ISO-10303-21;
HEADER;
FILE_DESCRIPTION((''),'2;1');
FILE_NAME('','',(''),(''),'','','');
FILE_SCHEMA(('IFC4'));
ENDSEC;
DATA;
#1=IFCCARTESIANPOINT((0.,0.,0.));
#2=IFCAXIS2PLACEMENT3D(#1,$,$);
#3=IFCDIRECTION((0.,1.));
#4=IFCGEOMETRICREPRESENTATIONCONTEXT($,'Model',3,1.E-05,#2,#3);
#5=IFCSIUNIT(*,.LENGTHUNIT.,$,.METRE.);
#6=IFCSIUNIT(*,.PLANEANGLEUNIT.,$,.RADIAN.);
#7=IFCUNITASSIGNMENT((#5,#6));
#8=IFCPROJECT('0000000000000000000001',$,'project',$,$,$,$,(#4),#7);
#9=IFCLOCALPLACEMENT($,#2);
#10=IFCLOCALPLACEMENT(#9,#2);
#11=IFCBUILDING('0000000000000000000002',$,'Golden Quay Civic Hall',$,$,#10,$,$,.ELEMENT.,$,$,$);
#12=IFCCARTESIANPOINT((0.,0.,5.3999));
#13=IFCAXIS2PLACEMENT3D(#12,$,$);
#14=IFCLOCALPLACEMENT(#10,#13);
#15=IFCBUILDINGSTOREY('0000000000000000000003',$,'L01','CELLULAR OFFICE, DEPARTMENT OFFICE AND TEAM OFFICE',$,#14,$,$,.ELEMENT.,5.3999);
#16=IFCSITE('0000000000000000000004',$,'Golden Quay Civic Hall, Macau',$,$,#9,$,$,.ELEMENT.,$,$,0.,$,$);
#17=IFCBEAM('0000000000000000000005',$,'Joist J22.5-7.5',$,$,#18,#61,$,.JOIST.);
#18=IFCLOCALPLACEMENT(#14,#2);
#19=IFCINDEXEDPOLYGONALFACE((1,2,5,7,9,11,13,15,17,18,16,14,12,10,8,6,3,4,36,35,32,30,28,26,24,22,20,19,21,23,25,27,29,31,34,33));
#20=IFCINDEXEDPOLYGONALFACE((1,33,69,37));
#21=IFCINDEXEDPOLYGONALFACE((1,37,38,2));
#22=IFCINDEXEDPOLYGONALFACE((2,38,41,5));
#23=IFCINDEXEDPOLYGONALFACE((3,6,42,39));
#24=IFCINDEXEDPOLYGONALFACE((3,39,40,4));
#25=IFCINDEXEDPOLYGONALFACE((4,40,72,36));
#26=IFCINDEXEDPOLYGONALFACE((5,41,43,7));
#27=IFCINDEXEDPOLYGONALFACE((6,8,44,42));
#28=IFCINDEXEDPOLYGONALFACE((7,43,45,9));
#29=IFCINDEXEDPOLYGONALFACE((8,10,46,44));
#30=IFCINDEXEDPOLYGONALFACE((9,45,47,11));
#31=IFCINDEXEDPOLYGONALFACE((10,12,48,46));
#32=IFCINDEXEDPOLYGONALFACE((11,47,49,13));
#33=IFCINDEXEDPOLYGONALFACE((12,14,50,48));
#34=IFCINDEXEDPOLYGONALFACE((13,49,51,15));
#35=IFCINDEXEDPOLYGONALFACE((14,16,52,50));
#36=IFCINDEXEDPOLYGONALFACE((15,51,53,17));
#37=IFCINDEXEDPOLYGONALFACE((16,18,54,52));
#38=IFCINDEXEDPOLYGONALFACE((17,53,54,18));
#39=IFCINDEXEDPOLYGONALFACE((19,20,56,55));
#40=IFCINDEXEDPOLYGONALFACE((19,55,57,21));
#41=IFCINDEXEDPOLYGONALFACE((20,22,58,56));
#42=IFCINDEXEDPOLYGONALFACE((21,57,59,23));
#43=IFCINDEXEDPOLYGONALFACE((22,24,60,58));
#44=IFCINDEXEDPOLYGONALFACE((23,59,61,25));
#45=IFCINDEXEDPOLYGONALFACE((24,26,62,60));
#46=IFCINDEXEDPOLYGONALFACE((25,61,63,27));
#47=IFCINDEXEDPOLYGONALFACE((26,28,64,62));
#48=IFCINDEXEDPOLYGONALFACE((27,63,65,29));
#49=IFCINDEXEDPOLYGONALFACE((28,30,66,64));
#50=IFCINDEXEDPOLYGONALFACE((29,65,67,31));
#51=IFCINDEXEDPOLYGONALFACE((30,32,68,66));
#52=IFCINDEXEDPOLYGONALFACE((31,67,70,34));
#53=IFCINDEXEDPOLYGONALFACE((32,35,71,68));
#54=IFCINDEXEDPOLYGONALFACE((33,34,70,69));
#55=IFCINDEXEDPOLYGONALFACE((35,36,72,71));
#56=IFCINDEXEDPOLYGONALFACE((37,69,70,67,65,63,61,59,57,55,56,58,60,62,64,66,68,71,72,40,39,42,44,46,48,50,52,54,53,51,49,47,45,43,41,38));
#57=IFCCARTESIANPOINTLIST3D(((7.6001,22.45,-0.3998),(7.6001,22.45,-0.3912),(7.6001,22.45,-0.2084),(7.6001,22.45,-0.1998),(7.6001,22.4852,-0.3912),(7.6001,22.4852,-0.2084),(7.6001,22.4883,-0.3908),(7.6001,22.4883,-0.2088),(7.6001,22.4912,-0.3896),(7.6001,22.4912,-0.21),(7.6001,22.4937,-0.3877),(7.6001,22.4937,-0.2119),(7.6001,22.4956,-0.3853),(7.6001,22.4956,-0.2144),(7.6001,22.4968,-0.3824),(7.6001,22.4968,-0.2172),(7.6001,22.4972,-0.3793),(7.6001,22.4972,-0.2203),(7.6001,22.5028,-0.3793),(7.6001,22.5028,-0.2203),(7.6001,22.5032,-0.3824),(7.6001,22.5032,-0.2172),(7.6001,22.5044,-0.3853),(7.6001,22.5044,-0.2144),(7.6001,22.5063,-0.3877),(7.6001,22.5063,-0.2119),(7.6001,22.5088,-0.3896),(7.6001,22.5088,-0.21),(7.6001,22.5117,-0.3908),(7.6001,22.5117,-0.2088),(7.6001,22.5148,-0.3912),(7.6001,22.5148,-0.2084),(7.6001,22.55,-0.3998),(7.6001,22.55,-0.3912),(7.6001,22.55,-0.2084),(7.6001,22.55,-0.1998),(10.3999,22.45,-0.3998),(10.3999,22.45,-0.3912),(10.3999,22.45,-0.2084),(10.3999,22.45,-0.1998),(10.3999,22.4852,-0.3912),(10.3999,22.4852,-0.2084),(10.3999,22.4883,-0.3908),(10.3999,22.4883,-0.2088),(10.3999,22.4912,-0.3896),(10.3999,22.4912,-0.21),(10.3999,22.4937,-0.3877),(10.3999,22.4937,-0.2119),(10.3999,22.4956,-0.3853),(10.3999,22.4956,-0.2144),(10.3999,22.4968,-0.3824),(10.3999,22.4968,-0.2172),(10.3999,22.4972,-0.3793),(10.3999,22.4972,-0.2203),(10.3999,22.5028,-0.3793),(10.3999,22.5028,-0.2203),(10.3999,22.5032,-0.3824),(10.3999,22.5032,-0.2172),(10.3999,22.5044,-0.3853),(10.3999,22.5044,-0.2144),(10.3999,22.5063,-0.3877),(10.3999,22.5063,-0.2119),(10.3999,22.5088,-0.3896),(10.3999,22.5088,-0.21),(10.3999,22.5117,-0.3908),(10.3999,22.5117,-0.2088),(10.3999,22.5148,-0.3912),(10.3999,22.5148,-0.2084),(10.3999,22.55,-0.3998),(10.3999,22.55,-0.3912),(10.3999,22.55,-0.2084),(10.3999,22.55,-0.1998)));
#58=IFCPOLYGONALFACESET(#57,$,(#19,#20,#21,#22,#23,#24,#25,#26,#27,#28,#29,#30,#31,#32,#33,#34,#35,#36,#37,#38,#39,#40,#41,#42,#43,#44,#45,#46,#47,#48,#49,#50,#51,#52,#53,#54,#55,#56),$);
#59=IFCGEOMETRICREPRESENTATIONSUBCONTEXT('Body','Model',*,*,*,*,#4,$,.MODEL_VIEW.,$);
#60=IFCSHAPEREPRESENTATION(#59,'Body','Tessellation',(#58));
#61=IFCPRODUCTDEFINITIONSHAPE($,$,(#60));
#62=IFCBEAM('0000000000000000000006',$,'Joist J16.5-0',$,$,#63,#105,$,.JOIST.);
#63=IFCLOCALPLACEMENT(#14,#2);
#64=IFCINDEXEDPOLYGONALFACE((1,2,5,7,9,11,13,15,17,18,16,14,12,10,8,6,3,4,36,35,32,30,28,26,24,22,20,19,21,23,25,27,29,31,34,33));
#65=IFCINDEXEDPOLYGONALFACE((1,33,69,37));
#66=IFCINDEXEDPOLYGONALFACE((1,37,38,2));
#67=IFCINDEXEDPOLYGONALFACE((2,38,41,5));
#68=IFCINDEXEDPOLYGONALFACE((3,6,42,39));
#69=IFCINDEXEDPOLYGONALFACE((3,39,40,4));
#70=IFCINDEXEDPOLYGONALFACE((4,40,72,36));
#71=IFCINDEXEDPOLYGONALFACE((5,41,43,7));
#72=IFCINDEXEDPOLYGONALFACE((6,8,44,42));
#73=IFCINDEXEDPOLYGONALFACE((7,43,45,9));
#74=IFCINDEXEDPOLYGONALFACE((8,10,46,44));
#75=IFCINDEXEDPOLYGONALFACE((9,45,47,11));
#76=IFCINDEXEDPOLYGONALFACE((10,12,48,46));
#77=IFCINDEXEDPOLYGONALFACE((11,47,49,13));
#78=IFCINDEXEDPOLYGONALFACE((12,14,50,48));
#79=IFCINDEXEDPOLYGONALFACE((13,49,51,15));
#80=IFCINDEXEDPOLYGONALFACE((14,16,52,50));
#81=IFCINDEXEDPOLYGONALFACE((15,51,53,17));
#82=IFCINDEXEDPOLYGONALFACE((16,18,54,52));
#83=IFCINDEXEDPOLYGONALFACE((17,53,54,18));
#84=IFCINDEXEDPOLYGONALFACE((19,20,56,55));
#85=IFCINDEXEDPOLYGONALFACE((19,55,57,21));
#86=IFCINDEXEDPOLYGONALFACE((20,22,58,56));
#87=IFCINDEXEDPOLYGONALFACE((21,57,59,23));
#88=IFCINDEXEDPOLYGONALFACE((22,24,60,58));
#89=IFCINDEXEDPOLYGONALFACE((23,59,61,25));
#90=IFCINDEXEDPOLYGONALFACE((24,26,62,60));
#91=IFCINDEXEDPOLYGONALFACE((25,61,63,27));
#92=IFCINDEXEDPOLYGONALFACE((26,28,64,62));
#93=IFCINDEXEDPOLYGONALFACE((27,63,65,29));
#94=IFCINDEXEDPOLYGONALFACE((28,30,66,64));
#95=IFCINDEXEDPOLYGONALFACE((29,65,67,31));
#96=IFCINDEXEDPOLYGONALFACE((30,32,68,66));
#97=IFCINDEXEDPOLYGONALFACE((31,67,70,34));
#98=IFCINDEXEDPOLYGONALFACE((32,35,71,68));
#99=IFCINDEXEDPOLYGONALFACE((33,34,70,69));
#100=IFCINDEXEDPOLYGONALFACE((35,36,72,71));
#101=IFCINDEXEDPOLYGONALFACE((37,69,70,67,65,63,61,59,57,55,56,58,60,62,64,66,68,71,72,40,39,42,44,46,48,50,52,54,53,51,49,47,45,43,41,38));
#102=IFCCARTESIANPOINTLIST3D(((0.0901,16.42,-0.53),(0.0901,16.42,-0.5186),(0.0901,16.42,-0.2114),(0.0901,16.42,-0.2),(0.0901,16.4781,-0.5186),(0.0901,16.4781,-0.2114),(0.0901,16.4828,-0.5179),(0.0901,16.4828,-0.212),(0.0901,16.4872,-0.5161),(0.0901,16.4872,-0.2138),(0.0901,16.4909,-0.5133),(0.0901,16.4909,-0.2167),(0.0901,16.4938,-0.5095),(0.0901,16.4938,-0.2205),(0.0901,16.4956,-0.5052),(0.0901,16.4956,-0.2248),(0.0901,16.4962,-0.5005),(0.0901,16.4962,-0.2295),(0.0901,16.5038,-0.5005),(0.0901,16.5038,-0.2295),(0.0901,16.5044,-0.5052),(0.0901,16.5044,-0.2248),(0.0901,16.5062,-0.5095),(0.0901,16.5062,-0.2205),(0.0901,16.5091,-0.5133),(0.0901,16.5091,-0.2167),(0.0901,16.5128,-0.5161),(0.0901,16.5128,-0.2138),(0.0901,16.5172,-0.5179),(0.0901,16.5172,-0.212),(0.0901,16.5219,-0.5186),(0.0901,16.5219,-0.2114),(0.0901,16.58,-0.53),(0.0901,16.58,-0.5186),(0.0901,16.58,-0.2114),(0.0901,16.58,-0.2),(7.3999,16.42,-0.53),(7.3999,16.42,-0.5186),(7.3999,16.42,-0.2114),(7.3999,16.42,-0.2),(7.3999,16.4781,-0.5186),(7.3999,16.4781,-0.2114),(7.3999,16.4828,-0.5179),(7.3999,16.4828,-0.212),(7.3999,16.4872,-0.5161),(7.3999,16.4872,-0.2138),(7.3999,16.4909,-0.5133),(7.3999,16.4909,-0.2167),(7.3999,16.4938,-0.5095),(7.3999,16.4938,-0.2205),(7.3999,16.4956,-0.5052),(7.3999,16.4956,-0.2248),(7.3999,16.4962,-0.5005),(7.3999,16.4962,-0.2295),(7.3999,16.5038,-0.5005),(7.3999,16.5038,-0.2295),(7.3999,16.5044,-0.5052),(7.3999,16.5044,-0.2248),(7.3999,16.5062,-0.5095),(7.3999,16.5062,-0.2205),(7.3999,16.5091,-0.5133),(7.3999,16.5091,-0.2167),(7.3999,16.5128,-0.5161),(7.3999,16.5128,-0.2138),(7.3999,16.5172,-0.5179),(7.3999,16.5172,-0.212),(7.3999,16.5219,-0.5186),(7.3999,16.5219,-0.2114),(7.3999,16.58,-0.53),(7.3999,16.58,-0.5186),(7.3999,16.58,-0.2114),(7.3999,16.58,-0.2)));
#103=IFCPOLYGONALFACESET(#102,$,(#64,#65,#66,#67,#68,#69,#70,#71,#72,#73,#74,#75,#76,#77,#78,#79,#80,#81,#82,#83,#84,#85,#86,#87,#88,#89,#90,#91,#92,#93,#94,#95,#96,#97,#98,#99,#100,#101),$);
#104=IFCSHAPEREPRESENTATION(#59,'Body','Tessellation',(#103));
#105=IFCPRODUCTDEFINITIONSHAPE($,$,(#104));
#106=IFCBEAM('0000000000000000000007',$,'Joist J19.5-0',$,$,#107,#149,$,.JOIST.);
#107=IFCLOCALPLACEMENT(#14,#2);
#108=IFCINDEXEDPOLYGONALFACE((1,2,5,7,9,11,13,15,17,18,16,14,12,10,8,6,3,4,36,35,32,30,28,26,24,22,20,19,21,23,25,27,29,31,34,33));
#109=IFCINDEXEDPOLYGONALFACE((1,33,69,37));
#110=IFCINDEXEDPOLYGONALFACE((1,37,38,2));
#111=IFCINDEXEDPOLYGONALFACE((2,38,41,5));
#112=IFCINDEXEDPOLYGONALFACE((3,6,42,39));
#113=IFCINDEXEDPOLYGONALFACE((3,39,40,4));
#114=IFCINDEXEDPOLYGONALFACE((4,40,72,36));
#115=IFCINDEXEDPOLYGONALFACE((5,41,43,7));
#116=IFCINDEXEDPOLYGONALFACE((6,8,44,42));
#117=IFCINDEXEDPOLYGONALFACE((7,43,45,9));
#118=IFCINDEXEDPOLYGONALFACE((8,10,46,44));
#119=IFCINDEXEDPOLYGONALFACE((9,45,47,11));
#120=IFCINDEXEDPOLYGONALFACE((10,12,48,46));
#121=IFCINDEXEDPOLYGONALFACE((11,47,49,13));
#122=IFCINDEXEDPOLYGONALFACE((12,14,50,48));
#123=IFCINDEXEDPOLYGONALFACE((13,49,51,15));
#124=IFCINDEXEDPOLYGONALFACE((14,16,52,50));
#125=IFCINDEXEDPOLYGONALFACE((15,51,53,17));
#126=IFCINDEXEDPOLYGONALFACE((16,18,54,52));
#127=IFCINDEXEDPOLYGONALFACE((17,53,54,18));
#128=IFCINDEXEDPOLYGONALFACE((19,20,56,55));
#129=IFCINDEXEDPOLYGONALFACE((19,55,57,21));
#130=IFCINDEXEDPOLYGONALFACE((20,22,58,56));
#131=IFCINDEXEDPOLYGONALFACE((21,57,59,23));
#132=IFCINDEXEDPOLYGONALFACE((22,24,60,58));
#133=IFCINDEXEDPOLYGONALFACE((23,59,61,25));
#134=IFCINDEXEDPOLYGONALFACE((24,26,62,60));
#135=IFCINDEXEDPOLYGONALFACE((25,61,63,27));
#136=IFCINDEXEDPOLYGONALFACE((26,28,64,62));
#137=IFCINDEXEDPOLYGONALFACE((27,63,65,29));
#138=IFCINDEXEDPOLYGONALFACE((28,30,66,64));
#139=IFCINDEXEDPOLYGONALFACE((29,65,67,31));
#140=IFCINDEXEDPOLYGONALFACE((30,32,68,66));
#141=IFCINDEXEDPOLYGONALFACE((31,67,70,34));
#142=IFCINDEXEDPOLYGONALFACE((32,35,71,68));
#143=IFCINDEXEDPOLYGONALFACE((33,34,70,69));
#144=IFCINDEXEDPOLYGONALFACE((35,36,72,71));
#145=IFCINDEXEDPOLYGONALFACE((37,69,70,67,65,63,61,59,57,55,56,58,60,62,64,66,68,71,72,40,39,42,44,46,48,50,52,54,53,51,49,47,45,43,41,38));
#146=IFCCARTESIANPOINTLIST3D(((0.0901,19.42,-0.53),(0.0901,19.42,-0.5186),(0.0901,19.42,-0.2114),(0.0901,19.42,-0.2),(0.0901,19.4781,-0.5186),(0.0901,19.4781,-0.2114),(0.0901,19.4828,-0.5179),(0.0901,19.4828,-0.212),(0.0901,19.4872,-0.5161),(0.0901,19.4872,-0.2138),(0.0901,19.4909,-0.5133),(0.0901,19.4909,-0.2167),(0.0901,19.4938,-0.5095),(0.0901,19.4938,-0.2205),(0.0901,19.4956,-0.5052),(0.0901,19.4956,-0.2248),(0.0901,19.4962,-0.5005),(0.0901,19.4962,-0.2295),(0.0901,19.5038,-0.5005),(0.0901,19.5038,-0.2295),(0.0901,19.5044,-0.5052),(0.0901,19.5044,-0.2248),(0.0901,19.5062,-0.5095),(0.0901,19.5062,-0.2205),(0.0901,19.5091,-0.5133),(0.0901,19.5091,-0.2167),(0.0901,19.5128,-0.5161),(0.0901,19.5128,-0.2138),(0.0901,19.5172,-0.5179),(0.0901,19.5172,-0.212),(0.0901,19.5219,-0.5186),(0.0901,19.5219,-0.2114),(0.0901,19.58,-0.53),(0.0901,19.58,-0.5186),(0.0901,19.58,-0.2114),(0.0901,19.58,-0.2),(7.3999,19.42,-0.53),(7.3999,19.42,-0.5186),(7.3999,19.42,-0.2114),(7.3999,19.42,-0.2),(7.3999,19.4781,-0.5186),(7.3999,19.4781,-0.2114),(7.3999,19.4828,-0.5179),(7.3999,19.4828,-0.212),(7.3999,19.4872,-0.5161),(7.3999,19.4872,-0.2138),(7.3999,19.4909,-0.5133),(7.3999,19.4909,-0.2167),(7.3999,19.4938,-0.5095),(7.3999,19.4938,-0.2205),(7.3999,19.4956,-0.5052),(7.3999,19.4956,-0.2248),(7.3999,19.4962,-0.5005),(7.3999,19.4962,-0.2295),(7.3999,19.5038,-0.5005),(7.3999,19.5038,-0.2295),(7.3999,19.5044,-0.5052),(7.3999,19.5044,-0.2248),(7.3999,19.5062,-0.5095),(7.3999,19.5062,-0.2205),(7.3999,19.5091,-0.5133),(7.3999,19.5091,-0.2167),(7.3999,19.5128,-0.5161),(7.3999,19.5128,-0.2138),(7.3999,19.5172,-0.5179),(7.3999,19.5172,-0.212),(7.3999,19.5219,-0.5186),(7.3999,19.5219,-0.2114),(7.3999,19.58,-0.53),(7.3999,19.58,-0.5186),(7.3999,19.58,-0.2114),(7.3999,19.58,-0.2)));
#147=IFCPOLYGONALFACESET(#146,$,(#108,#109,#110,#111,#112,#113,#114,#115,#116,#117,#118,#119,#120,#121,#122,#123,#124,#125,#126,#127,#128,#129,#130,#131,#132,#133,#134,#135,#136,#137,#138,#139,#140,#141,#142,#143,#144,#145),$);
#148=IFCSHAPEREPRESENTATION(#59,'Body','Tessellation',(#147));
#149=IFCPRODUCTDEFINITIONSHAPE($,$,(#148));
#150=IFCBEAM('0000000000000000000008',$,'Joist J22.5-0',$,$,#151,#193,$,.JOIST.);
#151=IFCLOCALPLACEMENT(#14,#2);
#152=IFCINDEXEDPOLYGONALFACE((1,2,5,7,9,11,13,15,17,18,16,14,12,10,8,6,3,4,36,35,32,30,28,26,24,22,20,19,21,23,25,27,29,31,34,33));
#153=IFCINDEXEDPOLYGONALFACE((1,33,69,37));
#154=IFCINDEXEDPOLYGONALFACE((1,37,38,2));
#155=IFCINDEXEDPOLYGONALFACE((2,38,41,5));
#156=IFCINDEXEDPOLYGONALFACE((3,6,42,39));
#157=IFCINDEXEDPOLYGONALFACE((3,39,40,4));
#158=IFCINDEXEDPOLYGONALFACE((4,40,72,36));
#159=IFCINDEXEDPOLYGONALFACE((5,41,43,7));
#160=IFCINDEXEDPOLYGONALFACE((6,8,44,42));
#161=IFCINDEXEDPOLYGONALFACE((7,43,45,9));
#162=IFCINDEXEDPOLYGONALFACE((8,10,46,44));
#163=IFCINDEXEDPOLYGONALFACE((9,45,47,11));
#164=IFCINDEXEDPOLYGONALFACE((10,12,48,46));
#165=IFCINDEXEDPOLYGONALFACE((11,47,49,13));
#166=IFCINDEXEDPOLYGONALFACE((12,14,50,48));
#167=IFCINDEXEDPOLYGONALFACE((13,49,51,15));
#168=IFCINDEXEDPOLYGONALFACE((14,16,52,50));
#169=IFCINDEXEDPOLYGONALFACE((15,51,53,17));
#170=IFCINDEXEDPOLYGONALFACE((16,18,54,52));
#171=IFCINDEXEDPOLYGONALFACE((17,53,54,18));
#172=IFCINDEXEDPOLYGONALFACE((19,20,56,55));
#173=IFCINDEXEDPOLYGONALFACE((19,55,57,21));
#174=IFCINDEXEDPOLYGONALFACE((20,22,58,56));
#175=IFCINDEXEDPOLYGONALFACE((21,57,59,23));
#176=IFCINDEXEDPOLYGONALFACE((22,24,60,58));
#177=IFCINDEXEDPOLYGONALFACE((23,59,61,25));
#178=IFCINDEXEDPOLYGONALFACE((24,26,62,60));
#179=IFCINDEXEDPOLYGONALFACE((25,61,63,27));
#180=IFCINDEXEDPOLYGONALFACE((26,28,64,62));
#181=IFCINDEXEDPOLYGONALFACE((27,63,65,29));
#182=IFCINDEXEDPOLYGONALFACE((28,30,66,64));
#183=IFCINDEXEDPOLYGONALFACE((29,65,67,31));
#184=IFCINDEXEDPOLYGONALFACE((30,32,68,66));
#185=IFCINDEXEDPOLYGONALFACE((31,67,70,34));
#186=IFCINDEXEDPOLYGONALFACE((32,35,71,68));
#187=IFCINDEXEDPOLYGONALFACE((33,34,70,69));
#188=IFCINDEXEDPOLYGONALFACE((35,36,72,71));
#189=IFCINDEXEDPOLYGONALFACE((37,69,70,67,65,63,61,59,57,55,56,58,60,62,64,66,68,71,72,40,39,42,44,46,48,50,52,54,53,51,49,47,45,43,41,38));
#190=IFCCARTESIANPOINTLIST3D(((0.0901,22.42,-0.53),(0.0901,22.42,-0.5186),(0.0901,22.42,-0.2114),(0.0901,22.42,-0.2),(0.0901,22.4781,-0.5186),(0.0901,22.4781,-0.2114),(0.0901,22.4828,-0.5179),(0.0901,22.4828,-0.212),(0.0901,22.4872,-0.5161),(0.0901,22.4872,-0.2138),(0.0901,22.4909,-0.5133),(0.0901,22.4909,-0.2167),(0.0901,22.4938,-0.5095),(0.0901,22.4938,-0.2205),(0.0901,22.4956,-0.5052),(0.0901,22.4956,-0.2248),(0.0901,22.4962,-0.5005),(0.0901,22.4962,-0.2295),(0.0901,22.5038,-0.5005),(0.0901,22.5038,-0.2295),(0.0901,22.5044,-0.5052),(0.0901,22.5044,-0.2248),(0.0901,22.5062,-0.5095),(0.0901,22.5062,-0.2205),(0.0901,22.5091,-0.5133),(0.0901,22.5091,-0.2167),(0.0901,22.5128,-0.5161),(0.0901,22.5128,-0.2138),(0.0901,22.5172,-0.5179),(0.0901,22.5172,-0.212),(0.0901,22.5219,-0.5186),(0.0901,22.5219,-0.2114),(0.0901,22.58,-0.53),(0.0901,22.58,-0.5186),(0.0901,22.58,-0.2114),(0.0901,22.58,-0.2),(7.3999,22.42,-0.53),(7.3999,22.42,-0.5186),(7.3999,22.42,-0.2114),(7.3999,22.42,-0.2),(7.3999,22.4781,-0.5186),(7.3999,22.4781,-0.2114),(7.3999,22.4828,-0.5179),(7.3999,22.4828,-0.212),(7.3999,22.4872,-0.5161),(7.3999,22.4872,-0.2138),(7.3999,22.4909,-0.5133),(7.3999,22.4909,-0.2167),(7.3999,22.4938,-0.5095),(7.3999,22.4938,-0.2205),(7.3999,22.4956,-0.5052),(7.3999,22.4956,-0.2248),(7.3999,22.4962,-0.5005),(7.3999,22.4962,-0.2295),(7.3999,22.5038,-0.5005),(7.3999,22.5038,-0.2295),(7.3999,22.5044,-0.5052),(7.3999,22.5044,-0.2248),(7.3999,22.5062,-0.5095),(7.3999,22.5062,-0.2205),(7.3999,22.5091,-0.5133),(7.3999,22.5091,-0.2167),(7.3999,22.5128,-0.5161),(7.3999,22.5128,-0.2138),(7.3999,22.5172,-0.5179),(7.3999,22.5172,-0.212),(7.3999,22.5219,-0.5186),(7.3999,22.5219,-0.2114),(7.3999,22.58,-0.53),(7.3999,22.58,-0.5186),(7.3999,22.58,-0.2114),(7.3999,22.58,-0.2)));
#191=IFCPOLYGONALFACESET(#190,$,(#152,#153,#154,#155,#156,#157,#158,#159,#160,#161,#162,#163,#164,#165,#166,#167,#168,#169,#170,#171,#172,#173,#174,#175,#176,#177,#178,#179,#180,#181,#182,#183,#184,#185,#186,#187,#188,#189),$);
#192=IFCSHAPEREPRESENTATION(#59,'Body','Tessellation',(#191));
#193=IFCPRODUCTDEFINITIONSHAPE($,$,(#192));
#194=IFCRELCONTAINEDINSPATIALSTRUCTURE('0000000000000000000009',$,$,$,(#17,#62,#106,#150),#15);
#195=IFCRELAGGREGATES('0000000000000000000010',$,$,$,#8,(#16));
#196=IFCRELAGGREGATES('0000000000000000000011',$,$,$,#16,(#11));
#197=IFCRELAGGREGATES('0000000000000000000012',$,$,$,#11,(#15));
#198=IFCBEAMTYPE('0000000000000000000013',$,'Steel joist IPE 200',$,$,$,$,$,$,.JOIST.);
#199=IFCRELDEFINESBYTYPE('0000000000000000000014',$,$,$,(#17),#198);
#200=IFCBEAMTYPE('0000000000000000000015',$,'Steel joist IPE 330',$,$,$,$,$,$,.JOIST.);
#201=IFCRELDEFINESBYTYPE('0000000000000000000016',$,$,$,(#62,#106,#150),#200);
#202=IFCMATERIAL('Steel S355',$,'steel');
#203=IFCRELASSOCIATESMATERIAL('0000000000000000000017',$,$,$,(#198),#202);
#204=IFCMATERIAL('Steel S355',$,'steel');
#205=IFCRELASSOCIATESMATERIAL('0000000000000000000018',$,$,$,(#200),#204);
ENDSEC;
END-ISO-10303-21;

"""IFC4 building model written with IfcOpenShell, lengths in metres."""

from ifc_helpers import new_model, si_unit, direction, frame, origin, origin_2d, place, context, subcontext, project, spatial, i_section, extrude, material, material_profile, profile_set, type_object, element, save


model = new_model("IFC4")

# Units and contexts
model_context = context("Model", 3, precision=1e-05, world=origin(), true_north=direction((0.0, 1.0)))
body_context = subcontext(model_context, "Body", "Model", "MODEL_VIEW")
ifc_project = project(units=[si_unit("LENGTHUNIT", "METRE"), si_unit("PLANEANGLEUNIT", "RADIAN")], contexts=[model_context])

# Site, building, storey
site_placement = place(None, origin())
site = spatial("IfcSite", under=ifc_project, at=site_placement, Name="Golden Quay Civic Hall, Macau", CompositionType="ELEMENT", RefElevation=0.0)
building_placement = place(site_placement, origin())
building = spatial("IfcBuilding", under=site, at=building_placement, Name="Golden Quay Civic Hall", CompositionType="ELEMENT")
storey_placement = place(building_placement, frame((0.0, 0.0, 5.3999)))
storey = spatial("IfcBuildingStorey", under=building, at=storey_placement, Name="L01", Description="CELLULAR OFFICE, DEPARTMENT OFFICE AND TEAM OFFICE", CompositionType="ELEMENT", Elevation=5.3999)

# Beams
ifc_material_1 = material(Name="Steel S355", Category="steel")
ifc_material_profile_1 = material_profile(ifc_material_1, i_section(OverallWidth=0.1001, OverallDepth=0.2, WebThickness=0.0056, FlangeThickness=0.0085, FilletRadius=0.012, at=origin_2d()), Name="IPE 200")
ifc_profile_set_1 = profile_set([ifc_material_profile_1], Name="Steel S355")
beam_type_1 = type_object("IfcBeamType", Name="Steel joist IPE 200", PredefinedType="JOIST", material=ifc_profile_set_1)
for number, where, z_axis, x_axis, name in (
    (1, (7.6001, 22.5, -0.2998), (1.0, 0.0, 0.0), (0.0, 1.0, 0.0), "Joist J22.5-7.5"),
):
    element("IfcBeam", number, at=place(storey_placement, frame(where, z_axis=z_axis, x_axis=x_axis)), inside=storey, type_object=beam_type_1, Name=name, PredefinedType="JOIST", context=body_context, shape_type="SweptSolid", body=[
        extrude(i_section(OverallWidth=0.1001, OverallDepth=0.2, WebThickness=0.0056, FlangeThickness=0.0085, FilletRadius=0.012, at=origin_2d()), origin(), (0.0, 0.0, 1.0), 2.7998),
    ])
ifc_material_2 = material(Name="Steel S355", Category="steel")
ifc_material_profile_2 = material_profile(ifc_material_2, i_section(OverallWidth=0.1599, OverallDepth=0.3301, WebThickness=0.0076, FlangeThickness=0.0115, FilletRadius=0.0181, at=origin_2d()), Name="IPE 330")
ifc_profile_set_2 = profile_set([ifc_material_profile_2], Name="Steel S355")
beam_type_2 = type_object("IfcBeamType", Name="Steel joist IPE 330", PredefinedType="JOIST", material=ifc_profile_set_2)
for number, where, z_axis, x_axis, name in (
    (2, (0.0901, 16.5, -0.365), (1.0, 0.0, 0.0), (0.0, 1.0, 0.0), "Joist J16.5-0"),
    (3, (0.0901, 19.5, -0.365), (1.0, 0.0, 0.0), (0.0, 1.0, 0.0), "Joist J19.5-0"),
    (4, (0.0901, 22.5, -0.365), (1.0, 0.0, 0.0), (0.0, 1.0, 0.0), "Joist J22.5-0"),
):
    element("IfcBeam", number, at=place(storey_placement, frame(where, z_axis=z_axis, x_axis=x_axis)), inside=storey, type_object=beam_type_2, Name=name, PredefinedType="JOIST", context=body_context, shape_type="SweptSolid", body=[
        extrude(i_section(OverallWidth=0.1599, OverallDepth=0.3301, WebThickness=0.0076, FlangeThickness=0.0115, FilletRadius=0.0181, at=origin_2d()), origin(), (0.0, 0.0, 1.0), 7.3098),
    ])

save(model, "model.ifc")
